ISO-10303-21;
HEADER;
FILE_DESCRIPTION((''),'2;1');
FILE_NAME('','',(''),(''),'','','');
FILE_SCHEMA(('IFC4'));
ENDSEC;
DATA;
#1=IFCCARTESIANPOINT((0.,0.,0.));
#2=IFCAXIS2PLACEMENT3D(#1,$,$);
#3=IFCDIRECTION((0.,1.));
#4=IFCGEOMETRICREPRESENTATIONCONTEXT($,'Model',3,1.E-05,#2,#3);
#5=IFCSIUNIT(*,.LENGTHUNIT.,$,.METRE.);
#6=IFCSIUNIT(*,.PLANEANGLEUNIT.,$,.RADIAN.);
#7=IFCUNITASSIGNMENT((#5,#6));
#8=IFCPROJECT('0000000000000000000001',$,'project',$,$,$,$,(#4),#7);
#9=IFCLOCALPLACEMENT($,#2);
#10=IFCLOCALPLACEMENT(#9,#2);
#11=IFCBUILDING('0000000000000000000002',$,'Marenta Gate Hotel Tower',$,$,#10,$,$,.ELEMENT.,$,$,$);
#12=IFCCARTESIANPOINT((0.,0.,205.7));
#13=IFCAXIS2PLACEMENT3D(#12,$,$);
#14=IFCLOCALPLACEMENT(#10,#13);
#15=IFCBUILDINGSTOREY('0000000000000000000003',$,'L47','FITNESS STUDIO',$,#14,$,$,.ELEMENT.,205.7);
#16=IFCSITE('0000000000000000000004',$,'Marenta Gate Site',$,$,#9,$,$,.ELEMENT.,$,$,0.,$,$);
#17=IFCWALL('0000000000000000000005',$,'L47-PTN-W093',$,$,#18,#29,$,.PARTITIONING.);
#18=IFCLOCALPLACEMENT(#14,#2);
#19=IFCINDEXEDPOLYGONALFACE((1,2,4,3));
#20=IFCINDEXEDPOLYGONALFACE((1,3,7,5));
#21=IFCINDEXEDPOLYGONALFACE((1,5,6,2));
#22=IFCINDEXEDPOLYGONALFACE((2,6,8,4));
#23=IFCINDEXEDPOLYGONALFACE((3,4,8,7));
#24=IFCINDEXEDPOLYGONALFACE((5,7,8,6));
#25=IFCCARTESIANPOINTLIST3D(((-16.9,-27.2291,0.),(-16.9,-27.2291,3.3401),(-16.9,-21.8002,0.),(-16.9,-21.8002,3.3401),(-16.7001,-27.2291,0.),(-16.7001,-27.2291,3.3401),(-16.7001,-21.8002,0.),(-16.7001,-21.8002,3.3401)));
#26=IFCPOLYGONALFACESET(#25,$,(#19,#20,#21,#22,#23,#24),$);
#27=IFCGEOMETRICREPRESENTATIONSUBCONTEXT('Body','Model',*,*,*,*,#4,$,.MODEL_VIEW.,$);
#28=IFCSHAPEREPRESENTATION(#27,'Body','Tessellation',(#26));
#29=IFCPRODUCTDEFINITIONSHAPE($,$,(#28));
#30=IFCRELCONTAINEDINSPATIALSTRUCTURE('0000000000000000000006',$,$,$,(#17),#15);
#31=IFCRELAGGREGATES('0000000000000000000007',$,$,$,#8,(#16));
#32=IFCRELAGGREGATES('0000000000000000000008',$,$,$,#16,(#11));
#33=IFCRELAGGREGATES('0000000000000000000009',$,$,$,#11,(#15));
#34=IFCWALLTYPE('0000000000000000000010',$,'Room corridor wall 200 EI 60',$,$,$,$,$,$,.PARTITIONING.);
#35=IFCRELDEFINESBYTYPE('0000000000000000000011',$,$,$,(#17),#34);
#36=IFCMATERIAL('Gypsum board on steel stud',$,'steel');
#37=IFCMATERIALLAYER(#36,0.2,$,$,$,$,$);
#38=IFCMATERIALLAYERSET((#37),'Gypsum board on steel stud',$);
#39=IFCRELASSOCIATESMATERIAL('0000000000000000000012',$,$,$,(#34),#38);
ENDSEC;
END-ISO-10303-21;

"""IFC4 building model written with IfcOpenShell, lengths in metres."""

from ifc_helpers import new_model, si_unit, direction, frame, frame_2d, origin, place, context, subcontext, project, spatial, rectangle, extrude, material, layer, layer_set, type_object, element, save


model = new_model("IFC4")

# Units and contexts
model_context = context("Model", 3, precision=1e-05, world=origin(), true_north=direction((0.0, 1.0)))
body_context = subcontext(model_context, "Body", "Model", "MODEL_VIEW")
ifc_project = project(units=[si_unit("LENGTHUNIT", "METRE"), si_unit("PLANEANGLEUNIT", "RADIAN")], contexts=[model_context])

# Site, building, storey
site_placement = place(None, origin())
site = spatial("IfcSite", under=ifc_project, at=site_placement, Name="Marenta Gate Site", CompositionType="ELEMENT", RefElevation=0.0)
building_placement = place(site_placement, origin())
building = spatial("IfcBuilding", under=site, at=building_placement, Name="Marenta Gate Hotel Tower", CompositionType="ELEMENT")
storey_placement = place(building_placement, frame((0.0, 0.0, 205.7)))
storey = spatial("IfcBuildingStorey", under=building, at=storey_placement, Name="L47", Description="FITNESS STUDIO", CompositionType="ELEMENT", Elevation=205.7)

# Shared definitions
ifc_material_1 = material(Name="Gypsum board on steel stud", Category="steel")
ifc_layer_1 = layer(ifc_material_1, 0.2)
ifc_layer_set_1 = layer_set([ifc_layer_1], Name="Gypsum board on steel stud")
wall_type = type_object("IfcWallType", Name="Room corridor wall 200 EI 60", PredefinedType="PARTITIONING", material=ifc_layer_set_1)

# Wall
wall_1_placement = place(storey_placement, frame((-16.8, -27.229, 0.0), z_axis=(0.0, 0.0, 1.0), x_axis=(0.0, 1.0, 0.0)))
element("IfcWall", 1, at=wall_1_placement, inside=storey, type_object=wall_type, Name="L47-PTN-W093", PredefinedType="PARTITIONING", context=body_context, shape_type="SweptSolid", body=[
    extrude(rectangle(XDim=5.429, YDim=0.2, at=frame_2d((2.7144, 0.0))), origin(), (0.0, 0.0, 1.0), 3.3401),
])

save(model, "model.ifc")
